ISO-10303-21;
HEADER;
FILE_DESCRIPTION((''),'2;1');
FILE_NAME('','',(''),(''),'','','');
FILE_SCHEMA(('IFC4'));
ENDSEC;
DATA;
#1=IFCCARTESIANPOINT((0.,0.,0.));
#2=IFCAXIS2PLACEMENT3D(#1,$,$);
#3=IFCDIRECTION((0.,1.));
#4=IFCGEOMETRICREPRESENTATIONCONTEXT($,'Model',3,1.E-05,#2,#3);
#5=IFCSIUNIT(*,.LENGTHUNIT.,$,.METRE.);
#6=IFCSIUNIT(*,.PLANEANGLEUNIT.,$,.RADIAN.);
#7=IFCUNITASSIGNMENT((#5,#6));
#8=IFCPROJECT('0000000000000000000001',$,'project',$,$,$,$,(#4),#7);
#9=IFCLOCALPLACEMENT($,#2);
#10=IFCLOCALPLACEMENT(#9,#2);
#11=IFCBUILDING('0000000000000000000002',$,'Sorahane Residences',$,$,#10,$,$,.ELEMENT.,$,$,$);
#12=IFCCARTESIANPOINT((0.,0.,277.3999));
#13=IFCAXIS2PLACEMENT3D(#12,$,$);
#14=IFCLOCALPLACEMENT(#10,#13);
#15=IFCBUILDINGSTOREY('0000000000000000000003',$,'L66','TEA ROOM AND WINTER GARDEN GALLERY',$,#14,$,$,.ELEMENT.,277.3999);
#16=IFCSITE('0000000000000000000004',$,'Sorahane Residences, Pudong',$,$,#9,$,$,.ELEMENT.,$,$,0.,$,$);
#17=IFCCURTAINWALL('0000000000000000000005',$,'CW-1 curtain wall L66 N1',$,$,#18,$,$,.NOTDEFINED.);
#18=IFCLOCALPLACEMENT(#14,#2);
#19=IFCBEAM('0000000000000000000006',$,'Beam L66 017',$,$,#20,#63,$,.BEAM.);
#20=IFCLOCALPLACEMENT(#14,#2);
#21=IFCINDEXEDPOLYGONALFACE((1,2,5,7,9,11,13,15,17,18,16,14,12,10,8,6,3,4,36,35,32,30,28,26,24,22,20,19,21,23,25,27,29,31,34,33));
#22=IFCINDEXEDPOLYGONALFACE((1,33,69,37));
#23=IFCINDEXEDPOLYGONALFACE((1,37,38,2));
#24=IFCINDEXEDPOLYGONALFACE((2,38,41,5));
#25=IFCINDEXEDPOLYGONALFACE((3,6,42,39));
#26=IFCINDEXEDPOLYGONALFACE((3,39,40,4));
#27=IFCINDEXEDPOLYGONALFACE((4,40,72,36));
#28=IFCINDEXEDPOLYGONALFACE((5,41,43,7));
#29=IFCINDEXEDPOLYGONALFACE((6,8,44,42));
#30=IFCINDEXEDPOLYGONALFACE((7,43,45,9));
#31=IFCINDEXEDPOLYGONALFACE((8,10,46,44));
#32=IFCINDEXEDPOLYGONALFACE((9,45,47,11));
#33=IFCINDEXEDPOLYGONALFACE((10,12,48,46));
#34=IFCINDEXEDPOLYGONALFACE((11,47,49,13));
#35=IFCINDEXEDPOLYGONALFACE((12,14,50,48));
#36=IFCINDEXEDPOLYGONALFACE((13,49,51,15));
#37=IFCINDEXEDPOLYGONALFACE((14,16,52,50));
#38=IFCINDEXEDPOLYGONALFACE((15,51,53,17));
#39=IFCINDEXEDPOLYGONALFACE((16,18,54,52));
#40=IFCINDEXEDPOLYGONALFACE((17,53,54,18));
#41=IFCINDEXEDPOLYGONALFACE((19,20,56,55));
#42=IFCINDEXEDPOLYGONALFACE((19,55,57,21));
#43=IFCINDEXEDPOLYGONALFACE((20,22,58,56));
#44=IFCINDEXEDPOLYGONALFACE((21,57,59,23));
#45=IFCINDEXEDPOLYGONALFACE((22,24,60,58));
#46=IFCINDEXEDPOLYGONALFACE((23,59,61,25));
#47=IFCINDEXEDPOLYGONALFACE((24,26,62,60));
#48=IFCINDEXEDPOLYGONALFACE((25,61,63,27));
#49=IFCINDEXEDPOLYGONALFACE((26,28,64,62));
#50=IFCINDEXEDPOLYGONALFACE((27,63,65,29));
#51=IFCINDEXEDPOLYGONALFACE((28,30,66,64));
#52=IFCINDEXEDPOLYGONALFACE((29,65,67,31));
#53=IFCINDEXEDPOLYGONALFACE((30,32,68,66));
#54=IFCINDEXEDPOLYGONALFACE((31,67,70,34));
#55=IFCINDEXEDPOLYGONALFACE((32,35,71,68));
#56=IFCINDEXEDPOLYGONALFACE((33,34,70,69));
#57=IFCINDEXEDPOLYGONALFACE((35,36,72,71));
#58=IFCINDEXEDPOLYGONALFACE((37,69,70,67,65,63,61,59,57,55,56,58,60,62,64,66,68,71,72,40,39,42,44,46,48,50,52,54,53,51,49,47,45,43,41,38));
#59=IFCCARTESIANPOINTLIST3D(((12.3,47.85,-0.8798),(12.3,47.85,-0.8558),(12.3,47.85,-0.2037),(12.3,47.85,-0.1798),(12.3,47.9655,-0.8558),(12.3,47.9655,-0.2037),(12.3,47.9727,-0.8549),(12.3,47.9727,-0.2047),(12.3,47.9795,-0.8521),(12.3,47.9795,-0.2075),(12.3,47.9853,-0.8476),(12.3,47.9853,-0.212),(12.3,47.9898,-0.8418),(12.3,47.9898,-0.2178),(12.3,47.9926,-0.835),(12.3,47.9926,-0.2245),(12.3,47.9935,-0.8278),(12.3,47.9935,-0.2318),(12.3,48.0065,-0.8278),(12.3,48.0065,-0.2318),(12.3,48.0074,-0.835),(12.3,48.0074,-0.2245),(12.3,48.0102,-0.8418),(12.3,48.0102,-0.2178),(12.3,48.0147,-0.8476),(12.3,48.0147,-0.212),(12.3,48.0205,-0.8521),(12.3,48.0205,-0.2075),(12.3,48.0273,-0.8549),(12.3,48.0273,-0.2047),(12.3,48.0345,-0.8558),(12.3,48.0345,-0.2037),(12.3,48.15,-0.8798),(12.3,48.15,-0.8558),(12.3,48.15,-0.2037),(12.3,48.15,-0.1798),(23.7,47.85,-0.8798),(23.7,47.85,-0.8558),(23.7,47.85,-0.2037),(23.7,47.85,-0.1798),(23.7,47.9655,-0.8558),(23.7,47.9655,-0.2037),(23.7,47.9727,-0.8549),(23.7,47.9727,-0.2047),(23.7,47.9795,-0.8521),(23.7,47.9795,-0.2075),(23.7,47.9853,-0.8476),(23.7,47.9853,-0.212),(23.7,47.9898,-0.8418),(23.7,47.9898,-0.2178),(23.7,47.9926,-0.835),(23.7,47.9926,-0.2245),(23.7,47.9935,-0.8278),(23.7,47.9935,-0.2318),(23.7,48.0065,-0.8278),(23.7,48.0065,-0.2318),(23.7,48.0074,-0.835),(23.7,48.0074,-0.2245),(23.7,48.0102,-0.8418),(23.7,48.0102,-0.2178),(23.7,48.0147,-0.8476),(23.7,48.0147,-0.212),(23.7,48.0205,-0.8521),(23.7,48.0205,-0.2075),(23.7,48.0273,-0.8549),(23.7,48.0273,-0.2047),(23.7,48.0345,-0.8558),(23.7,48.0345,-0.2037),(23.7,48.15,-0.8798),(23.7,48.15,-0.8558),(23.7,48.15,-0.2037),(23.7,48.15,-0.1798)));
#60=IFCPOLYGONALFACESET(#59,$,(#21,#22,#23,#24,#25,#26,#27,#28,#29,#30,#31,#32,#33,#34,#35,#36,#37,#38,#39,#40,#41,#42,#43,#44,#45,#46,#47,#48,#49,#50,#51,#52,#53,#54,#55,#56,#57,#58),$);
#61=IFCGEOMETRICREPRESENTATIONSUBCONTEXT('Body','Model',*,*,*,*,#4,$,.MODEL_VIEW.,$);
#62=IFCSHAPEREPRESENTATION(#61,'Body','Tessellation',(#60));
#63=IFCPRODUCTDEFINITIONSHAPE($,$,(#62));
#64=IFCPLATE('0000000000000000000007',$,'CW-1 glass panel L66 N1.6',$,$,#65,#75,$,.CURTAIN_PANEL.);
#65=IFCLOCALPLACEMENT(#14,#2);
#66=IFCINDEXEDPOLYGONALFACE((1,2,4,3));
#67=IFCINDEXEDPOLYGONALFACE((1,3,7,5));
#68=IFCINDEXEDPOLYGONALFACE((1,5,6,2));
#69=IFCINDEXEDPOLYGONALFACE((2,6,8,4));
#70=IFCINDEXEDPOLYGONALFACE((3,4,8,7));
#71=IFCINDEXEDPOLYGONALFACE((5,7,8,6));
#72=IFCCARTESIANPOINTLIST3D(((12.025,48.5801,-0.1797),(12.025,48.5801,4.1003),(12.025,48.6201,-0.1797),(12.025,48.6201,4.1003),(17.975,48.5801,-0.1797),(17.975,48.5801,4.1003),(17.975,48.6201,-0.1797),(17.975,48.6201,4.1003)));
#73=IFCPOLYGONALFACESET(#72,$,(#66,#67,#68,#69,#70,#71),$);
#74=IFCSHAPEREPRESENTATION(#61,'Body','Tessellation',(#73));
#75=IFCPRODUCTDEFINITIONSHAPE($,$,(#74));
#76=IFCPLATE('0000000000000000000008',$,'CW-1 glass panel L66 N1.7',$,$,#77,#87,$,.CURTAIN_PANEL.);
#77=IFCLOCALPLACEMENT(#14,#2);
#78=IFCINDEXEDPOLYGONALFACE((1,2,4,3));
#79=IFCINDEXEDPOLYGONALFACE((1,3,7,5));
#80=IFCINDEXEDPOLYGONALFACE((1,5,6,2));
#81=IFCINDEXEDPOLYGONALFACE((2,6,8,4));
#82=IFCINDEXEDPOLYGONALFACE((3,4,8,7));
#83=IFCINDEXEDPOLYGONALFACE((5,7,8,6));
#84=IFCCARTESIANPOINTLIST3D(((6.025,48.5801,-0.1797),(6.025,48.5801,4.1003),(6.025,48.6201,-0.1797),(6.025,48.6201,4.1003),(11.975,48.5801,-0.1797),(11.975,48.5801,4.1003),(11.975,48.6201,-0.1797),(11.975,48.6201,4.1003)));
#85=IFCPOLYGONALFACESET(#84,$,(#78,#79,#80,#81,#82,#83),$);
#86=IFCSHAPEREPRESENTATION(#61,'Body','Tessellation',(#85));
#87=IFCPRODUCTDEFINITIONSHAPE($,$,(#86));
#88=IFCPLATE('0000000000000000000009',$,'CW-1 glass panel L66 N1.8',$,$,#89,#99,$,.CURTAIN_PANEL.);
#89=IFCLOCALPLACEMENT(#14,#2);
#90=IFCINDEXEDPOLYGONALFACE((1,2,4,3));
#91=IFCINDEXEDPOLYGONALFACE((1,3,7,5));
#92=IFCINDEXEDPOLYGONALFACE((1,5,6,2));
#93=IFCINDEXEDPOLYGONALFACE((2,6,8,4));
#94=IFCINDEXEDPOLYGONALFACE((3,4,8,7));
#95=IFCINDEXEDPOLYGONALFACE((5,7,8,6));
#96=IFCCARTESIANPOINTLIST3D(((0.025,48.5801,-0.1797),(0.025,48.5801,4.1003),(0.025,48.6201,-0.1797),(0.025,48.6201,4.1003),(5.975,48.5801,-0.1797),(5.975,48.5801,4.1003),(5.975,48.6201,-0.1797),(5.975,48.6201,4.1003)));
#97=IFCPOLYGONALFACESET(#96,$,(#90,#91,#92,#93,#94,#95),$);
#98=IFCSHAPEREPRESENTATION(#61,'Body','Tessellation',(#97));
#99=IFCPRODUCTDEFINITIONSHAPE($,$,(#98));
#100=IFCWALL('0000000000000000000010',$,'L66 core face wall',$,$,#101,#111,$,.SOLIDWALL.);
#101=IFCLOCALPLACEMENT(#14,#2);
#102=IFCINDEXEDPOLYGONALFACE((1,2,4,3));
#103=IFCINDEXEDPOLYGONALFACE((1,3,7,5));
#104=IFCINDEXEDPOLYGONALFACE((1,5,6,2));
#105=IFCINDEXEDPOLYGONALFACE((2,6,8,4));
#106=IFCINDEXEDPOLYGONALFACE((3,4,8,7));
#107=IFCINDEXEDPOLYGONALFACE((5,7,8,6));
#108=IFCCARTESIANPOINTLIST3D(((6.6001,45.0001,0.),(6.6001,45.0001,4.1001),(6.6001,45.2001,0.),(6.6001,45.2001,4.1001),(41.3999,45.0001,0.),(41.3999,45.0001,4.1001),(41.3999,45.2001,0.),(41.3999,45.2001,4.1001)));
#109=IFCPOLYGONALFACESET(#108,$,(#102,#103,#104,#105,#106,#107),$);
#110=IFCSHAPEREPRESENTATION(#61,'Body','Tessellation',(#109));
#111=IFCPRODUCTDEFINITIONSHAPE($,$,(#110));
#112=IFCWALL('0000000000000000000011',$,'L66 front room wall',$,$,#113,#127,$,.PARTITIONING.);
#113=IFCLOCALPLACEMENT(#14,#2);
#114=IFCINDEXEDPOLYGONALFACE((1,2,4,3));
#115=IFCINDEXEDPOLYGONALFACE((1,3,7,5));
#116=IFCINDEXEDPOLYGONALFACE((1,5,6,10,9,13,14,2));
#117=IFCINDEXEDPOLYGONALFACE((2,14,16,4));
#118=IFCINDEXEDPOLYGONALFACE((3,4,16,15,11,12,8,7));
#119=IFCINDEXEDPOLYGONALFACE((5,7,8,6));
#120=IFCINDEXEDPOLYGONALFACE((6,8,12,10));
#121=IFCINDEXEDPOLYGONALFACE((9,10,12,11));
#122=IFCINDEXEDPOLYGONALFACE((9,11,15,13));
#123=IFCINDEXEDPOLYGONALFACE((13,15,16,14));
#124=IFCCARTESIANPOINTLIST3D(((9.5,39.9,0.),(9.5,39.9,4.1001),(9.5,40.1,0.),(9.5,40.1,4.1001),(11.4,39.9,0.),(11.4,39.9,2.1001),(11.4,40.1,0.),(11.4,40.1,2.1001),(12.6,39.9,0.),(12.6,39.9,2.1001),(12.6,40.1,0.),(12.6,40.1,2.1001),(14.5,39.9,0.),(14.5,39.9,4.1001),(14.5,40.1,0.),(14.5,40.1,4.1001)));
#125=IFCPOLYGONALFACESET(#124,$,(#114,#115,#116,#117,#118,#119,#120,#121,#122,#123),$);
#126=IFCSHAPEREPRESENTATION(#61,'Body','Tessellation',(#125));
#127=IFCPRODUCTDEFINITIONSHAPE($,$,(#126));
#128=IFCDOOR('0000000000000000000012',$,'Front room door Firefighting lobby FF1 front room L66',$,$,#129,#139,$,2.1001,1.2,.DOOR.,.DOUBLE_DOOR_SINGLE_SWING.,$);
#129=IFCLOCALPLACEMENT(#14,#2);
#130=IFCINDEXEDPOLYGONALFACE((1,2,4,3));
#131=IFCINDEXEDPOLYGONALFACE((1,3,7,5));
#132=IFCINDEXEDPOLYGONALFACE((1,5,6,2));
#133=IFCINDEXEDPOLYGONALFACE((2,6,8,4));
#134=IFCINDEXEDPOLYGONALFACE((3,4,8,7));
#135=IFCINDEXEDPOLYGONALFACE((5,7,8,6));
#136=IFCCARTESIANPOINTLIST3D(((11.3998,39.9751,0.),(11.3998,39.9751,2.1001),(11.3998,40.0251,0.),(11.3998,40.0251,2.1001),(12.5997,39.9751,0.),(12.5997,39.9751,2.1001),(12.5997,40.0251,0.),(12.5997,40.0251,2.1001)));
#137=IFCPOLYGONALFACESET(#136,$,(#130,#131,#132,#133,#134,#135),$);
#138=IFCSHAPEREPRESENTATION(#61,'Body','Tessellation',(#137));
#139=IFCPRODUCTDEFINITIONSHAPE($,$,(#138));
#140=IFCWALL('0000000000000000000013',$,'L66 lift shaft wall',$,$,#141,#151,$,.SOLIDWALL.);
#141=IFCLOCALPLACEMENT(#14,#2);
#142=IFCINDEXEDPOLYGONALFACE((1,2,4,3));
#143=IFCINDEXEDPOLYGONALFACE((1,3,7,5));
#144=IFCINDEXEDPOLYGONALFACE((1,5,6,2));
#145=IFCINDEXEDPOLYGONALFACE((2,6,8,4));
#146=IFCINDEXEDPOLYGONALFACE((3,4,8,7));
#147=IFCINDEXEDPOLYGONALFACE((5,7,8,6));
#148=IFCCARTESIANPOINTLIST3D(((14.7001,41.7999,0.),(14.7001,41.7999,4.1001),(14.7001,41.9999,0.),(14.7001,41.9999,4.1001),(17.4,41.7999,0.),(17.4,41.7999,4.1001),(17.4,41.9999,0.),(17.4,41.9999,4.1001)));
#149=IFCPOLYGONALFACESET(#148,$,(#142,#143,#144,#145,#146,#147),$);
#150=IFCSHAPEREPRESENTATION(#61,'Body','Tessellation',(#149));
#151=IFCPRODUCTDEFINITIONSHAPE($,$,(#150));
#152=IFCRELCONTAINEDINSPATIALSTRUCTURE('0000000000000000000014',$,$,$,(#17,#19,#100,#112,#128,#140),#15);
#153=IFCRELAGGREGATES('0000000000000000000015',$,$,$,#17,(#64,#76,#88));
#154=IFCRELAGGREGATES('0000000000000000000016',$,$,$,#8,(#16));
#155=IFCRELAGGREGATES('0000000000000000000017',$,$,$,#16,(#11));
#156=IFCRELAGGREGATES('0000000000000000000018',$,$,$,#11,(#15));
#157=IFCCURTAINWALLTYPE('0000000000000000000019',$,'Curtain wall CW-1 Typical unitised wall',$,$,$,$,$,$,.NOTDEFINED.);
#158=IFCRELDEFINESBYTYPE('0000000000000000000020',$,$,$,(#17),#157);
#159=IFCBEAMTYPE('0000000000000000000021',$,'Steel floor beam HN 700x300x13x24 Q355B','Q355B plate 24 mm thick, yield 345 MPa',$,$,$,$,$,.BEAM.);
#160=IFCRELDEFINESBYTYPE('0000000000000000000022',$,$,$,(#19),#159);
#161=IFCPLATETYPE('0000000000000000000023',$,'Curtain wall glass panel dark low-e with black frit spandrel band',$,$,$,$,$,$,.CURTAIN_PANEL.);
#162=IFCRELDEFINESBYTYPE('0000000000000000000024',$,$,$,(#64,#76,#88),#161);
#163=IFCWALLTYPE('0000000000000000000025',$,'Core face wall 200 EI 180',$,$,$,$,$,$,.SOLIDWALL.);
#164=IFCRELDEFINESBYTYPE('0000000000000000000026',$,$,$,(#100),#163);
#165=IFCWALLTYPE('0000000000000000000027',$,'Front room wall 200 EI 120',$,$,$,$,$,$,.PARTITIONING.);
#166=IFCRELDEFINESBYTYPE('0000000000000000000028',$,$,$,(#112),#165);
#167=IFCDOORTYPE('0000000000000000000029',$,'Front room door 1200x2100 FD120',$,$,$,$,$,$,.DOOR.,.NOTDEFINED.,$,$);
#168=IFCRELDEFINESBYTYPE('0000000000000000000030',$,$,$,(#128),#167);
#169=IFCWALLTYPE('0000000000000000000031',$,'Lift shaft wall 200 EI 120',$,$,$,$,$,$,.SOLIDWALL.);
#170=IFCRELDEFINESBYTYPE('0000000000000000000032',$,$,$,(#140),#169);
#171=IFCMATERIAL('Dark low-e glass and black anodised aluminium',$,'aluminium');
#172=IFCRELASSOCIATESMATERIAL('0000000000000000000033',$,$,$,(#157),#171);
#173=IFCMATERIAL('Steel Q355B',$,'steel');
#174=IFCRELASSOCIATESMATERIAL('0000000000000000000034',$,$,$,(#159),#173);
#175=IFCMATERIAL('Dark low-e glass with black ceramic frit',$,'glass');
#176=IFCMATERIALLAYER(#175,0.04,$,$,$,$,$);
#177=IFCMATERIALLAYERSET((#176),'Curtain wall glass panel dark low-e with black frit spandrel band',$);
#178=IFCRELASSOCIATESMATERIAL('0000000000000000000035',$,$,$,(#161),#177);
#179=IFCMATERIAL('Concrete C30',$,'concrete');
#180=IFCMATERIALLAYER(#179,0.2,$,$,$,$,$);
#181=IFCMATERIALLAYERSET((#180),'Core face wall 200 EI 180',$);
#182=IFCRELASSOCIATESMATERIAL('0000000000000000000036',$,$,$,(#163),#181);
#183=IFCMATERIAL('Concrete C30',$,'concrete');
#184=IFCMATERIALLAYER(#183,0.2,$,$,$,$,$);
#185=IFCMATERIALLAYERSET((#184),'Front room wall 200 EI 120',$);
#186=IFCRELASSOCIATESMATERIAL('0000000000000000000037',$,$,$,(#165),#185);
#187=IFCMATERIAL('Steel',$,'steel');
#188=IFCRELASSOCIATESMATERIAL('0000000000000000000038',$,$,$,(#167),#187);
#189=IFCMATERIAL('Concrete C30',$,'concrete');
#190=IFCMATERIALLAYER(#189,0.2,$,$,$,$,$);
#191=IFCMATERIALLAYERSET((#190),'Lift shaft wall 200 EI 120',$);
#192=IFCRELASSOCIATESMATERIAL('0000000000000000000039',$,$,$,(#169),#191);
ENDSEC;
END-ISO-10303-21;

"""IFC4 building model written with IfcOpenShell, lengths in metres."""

from ifc_helpers import new_model, si_unit, direction, frame, frame_2d, origin, origin_2d, place, context, subcontext, project, spatial, rectangle, i_section, extrude, material, layer, layer_set, material_profile, profile_set, type_object, element, fill, aggregate, save


model = new_model("IFC4")

# Units and contexts
model_context = context("Model", 3, precision=1e-05, world=origin(), true_north=direction((0.0, 1.0)))
body_context = subcontext(model_context, "Body", "Model", "MODEL_VIEW")
ifc_project = project(units=[si_unit("LENGTHUNIT", "METRE"), si_unit("PLANEANGLEUNIT", "RADIAN")], contexts=[model_context])

# Site, building, storey
site_placement = place(None, origin())
site = spatial("IfcSite", under=ifc_project, at=site_placement, Name="Sorahane Residences, Pudong", CompositionType="ELEMENT", RefElevation=0.0)
building_placement = place(site_placement, origin())
building = spatial("IfcBuilding", under=site, at=building_placement, Name="Sorahane Residences", CompositionType="ELEMENT")
storey_placement = place(building_placement, frame((0.0, 0.0, 277.3999)))
storey = spatial("IfcBuildingStorey", under=building, at=storey_placement, Name="L66", Description="TEA ROOM AND WINTER GARDEN GALLERY", CompositionType="ELEMENT", Elevation=277.3999)

# Curtain wall
ifc_material_1 = material(Name="Dark low-e glass and black anodised aluminium", Category="aluminium")
curtain_wall_type = type_object("IfcCurtainWallType", Name="Curtain wall CW-1 Typical unitised wall", PredefinedType="NOTDEFINED", material=ifc_material_1)
curtain_wall_placement = place(storey_placement, origin())
curtain_wall = element("IfcCurtainWall", 1, at=curtain_wall_placement, inside=storey, type_object=curtain_wall_type, Name="CW-1 curtain wall L66 N1", PredefinedType="NOTDEFINED")

# Beam
ifc_material_2 = material(Name="Steel Q355B", Category="steel")
ifc_material_profile_1 = material_profile(ifc_material_2, i_section(OverallWidth=0.3, OverallDepth=0.7, WebThickness=0.0129, FlangeThickness=0.0239, FilletRadius=0.0281, at=origin_2d()), Name="HN 700x300x13x24")
ifc_profile_set_1 = profile_set([ifc_material_profile_1], Name="Steel Q355B")
beam_type_1 = type_object("IfcBeamType", Name="Steel floor beam HN 700x300x13x24 Q355B", Description="Q355B plate 24 mm thick, yield 345 MPa", PredefinedType="BEAM", material=ifc_profile_set_1)
for number, where, z_axis, x_axis, name in (
    (2, (12.3, 48.0, -0.5298), (1.0, 0.0, 0.0), (0.0, 1.0, 0.0), "Beam L66 017"),
):
    element("IfcBeam", number, at=place(storey_placement, frame(where, z_axis=z_axis, x_axis=x_axis)), inside=storey, type_object=beam_type_1, Name=name, PredefinedType="BEAM", context=body_context, shape_type="SweptSolid", body=[
        extrude(i_section(OverallWidth=0.3, OverallDepth=0.7, WebThickness=0.0129, FlangeThickness=0.0239, FilletRadius=0.0281, at=origin_2d()), origin(), (0.0, 0.0, 1.0), 11.3999),
    ])

# Plates
ifc_material_3 = material(Name="Dark low-e glass with black ceramic frit", Category="glass")
ifc_layer_1 = layer(ifc_material_3, 0.04)
ifc_layer_set_1 = layer_set([ifc_layer_1], Name="Curtain wall glass panel dark low-e with black frit spandrel band")
plate_type = type_object("IfcPlateType", Name="Curtain wall glass panel dark low-e with black frit spandrel band", PredefinedType="CURTAIN_PANEL", material=ifc_layer_set_1)
plate_1_placement = place(storey_placement, frame((15.0, 48.6001, -0.1797), z_axis=(0.0, 0.0, 1.0), x_axis=(-1.0, 0.0, 0.0)))
plate_1 = element("IfcPlate", 3, at=plate_1_placement, type_object=plate_type, Name="CW-1 glass panel L66 N1.6", PredefinedType="CURTAIN_PANEL", context=body_context, shape_type="SweptSolid", body=[
    extrude(rectangle(XDim=5.95, YDim=0.04, at=origin_2d()), origin(), (0.0, 0.0, 1.0), 4.28),
])
plate_2_placement = place(storey_placement, frame((9.0, 48.6001, -0.1797), z_axis=(0.0, 0.0, 1.0), x_axis=(-1.0, 0.0, 0.0)))
plate_2 = element("IfcPlate", 4, at=plate_2_placement, type_object=plate_type, Name="CW-1 glass panel L66 N1.7", PredefinedType="CURTAIN_PANEL", context=body_context, shape_type="SweptSolid", body=[
    extrude(rectangle(XDim=5.95, YDim=0.04, at=origin_2d()), origin(), (0.0, 0.0, 1.0), 4.28),
])
plate_3_placement = place(storey_placement, frame((3.0, 48.6001, -0.1797), z_axis=(0.0, 0.0, 1.0), x_axis=(-1.0, 0.0, 0.0)))
plate_3 = element("IfcPlate", 5, at=plate_3_placement, type_object=plate_type, Name="CW-1 glass panel L66 N1.8", PredefinedType="CURTAIN_PANEL", context=body_context, shape_type="SweptSolid", body=[
    extrude(rectangle(XDim=5.95, YDim=0.04, at=origin_2d()), origin(), (0.0, 0.0, 1.0), 4.28),
])
aggregate(curtain_wall, [plate_1, plate_2, plate_3])

# Wall
ifc_material_4 = material(Name="Concrete C30", Category="concrete")
ifc_layer_2 = layer(ifc_material_4, 0.2)
ifc_layer_set_2 = layer_set([ifc_layer_2], Name="Core face wall 200 EI 180")
wall_type_1 = type_object("IfcWallType", Name="Core face wall 200 EI 180", PredefinedType="SOLIDWALL", material=ifc_layer_set_2)
wall_1_placement = place(storey_placement, frame((6.6001, 45.1001, 0.0), z_axis=(0.0, 0.0, 1.0), x_axis=(1.0, 0.0, 0.0)))
element("IfcWall", 6, at=wall_1_placement, inside=storey, type_object=wall_type_1, Name="L66 core face wall", PredefinedType="SOLIDWALL", context=body_context, shape_type="SweptSolid", body=[
    extrude(rectangle(XDim=34.7998, YDim=0.2, at=frame_2d((17.3999, 0.0))), origin(), (0.0, 0.0, 1.0), 4.1001),
])

# Wall, opening, door
ifc_material_5 = material(Name="Concrete C30", Category="concrete")
ifc_layer_3 = layer(ifc_material_5, 0.2)
ifc_layer_set_3 = layer_set([ifc_layer_3], Name="Front room wall 200 EI 120")
wall_type_2 = type_object("IfcWallType", Name="Front room wall 200 EI 120", PredefinedType="PARTITIONING", material=ifc_layer_set_3)
wall_2_placement = place(storey_placement, frame((9.5, 40.0, 0.0), z_axis=(0.0, 0.0, 1.0), x_axis=(1.0, 0.0, 0.0)))
wall_2 = element("IfcWall", 7, at=wall_2_placement, inside=storey, type_object=wall_type_2, Name="L66 front room wall", PredefinedType="PARTITIONING", context=body_context, shape_type="SweptSolid", body=[
    extrude(rectangle(XDim=5.0, YDim=0.2, at=frame_2d((2.5, 0.0))), origin(), (0.0, 0.0, 1.0), 4.1001),
])
opening_placement = place(wall_2_placement, frame((1.8999, 0.0, 0.0)))
opening = element("IfcOpeningElement", 8, at=opening_placement, cuts=wall_2, PredefinedType="OPENING", context=body_context, shape_type="SweptSolid", body=[
    extrude(rectangle(XDim=1.2, YDim=2.1001, at=frame_2d((0.6001, 1.05))), frame((0.0, 0.1099, 0.0), z_axis=(0.0, -1.0, 0.0), x_axis=(1.0, 0.0, 0.0)), (0.0, 0.0, 1.0), 0.22),
])
ifc_material_6 = material(Name="Steel", Category="steel")
door_type = type_object("IfcDoorType", Name="Front room door 1200x2100 FD120", OperationType="NOTDEFINED", PredefinedType="DOOR", material=ifc_material_6)
door_placement = place(opening_placement, frame((1.2, 0.0, 0.0), z_axis=(0.0, 0.0, 1.0), x_axis=(-1.0, 0.0, 0.0)))
door = element("IfcDoor", 9, at=door_placement, inside=storey, type_object=door_type, Name="Front room door Firefighting lobby FF1 front room L66", OperationType="DOUBLE_DOOR_SINGLE_SWING", OverallHeight=2.1001, OverallWidth=1.2, PredefinedType="DOOR", context=body_context, shape_type="SweptSolid", body=[
    extrude(rectangle(XDim=1.2, YDim=2.1001, at=frame_2d((0.6001, 1.05))), frame((0.0, 0.0249, 0.0), z_axis=(0.0, -1.0, 0.0), x_axis=(1.0, 0.0, 0.0)), (0.0, 0.0, 1.0), 0.05),
])
fill(opening, door)

# Wall
ifc_material_7 = material(Name="Concrete C30", Category="concrete")
ifc_layer_4 = layer(ifc_material_7, 0.2)
ifc_layer_set_4 = layer_set([ifc_layer_4], Name="Lift shaft wall 200 EI 120")
wall_type_3 = type_object("IfcWallType", Name="Lift shaft wall 200 EI 120", PredefinedType="SOLIDWALL", material=ifc_layer_set_4)
wall_3_placement = place(storey_placement, frame((14.7, 41.8999, 0.0), z_axis=(0.0, 0.0, 1.0), x_axis=(1.0, 0.0, 0.0)))
element("IfcWall", 10, at=wall_3_placement, inside=storey, type_object=wall_type_3, Name="L66 lift shaft wall", PredefinedType="SOLIDWALL", context=body_context, shape_type="SweptSolid", body=[
    extrude(rectangle(XDim=2.7, YDim=0.2, at=frame_2d((1.3501, 0.0))), origin(), (0.0, 0.0, 1.0), 4.1001),
])

save(model, "model.ifc")
